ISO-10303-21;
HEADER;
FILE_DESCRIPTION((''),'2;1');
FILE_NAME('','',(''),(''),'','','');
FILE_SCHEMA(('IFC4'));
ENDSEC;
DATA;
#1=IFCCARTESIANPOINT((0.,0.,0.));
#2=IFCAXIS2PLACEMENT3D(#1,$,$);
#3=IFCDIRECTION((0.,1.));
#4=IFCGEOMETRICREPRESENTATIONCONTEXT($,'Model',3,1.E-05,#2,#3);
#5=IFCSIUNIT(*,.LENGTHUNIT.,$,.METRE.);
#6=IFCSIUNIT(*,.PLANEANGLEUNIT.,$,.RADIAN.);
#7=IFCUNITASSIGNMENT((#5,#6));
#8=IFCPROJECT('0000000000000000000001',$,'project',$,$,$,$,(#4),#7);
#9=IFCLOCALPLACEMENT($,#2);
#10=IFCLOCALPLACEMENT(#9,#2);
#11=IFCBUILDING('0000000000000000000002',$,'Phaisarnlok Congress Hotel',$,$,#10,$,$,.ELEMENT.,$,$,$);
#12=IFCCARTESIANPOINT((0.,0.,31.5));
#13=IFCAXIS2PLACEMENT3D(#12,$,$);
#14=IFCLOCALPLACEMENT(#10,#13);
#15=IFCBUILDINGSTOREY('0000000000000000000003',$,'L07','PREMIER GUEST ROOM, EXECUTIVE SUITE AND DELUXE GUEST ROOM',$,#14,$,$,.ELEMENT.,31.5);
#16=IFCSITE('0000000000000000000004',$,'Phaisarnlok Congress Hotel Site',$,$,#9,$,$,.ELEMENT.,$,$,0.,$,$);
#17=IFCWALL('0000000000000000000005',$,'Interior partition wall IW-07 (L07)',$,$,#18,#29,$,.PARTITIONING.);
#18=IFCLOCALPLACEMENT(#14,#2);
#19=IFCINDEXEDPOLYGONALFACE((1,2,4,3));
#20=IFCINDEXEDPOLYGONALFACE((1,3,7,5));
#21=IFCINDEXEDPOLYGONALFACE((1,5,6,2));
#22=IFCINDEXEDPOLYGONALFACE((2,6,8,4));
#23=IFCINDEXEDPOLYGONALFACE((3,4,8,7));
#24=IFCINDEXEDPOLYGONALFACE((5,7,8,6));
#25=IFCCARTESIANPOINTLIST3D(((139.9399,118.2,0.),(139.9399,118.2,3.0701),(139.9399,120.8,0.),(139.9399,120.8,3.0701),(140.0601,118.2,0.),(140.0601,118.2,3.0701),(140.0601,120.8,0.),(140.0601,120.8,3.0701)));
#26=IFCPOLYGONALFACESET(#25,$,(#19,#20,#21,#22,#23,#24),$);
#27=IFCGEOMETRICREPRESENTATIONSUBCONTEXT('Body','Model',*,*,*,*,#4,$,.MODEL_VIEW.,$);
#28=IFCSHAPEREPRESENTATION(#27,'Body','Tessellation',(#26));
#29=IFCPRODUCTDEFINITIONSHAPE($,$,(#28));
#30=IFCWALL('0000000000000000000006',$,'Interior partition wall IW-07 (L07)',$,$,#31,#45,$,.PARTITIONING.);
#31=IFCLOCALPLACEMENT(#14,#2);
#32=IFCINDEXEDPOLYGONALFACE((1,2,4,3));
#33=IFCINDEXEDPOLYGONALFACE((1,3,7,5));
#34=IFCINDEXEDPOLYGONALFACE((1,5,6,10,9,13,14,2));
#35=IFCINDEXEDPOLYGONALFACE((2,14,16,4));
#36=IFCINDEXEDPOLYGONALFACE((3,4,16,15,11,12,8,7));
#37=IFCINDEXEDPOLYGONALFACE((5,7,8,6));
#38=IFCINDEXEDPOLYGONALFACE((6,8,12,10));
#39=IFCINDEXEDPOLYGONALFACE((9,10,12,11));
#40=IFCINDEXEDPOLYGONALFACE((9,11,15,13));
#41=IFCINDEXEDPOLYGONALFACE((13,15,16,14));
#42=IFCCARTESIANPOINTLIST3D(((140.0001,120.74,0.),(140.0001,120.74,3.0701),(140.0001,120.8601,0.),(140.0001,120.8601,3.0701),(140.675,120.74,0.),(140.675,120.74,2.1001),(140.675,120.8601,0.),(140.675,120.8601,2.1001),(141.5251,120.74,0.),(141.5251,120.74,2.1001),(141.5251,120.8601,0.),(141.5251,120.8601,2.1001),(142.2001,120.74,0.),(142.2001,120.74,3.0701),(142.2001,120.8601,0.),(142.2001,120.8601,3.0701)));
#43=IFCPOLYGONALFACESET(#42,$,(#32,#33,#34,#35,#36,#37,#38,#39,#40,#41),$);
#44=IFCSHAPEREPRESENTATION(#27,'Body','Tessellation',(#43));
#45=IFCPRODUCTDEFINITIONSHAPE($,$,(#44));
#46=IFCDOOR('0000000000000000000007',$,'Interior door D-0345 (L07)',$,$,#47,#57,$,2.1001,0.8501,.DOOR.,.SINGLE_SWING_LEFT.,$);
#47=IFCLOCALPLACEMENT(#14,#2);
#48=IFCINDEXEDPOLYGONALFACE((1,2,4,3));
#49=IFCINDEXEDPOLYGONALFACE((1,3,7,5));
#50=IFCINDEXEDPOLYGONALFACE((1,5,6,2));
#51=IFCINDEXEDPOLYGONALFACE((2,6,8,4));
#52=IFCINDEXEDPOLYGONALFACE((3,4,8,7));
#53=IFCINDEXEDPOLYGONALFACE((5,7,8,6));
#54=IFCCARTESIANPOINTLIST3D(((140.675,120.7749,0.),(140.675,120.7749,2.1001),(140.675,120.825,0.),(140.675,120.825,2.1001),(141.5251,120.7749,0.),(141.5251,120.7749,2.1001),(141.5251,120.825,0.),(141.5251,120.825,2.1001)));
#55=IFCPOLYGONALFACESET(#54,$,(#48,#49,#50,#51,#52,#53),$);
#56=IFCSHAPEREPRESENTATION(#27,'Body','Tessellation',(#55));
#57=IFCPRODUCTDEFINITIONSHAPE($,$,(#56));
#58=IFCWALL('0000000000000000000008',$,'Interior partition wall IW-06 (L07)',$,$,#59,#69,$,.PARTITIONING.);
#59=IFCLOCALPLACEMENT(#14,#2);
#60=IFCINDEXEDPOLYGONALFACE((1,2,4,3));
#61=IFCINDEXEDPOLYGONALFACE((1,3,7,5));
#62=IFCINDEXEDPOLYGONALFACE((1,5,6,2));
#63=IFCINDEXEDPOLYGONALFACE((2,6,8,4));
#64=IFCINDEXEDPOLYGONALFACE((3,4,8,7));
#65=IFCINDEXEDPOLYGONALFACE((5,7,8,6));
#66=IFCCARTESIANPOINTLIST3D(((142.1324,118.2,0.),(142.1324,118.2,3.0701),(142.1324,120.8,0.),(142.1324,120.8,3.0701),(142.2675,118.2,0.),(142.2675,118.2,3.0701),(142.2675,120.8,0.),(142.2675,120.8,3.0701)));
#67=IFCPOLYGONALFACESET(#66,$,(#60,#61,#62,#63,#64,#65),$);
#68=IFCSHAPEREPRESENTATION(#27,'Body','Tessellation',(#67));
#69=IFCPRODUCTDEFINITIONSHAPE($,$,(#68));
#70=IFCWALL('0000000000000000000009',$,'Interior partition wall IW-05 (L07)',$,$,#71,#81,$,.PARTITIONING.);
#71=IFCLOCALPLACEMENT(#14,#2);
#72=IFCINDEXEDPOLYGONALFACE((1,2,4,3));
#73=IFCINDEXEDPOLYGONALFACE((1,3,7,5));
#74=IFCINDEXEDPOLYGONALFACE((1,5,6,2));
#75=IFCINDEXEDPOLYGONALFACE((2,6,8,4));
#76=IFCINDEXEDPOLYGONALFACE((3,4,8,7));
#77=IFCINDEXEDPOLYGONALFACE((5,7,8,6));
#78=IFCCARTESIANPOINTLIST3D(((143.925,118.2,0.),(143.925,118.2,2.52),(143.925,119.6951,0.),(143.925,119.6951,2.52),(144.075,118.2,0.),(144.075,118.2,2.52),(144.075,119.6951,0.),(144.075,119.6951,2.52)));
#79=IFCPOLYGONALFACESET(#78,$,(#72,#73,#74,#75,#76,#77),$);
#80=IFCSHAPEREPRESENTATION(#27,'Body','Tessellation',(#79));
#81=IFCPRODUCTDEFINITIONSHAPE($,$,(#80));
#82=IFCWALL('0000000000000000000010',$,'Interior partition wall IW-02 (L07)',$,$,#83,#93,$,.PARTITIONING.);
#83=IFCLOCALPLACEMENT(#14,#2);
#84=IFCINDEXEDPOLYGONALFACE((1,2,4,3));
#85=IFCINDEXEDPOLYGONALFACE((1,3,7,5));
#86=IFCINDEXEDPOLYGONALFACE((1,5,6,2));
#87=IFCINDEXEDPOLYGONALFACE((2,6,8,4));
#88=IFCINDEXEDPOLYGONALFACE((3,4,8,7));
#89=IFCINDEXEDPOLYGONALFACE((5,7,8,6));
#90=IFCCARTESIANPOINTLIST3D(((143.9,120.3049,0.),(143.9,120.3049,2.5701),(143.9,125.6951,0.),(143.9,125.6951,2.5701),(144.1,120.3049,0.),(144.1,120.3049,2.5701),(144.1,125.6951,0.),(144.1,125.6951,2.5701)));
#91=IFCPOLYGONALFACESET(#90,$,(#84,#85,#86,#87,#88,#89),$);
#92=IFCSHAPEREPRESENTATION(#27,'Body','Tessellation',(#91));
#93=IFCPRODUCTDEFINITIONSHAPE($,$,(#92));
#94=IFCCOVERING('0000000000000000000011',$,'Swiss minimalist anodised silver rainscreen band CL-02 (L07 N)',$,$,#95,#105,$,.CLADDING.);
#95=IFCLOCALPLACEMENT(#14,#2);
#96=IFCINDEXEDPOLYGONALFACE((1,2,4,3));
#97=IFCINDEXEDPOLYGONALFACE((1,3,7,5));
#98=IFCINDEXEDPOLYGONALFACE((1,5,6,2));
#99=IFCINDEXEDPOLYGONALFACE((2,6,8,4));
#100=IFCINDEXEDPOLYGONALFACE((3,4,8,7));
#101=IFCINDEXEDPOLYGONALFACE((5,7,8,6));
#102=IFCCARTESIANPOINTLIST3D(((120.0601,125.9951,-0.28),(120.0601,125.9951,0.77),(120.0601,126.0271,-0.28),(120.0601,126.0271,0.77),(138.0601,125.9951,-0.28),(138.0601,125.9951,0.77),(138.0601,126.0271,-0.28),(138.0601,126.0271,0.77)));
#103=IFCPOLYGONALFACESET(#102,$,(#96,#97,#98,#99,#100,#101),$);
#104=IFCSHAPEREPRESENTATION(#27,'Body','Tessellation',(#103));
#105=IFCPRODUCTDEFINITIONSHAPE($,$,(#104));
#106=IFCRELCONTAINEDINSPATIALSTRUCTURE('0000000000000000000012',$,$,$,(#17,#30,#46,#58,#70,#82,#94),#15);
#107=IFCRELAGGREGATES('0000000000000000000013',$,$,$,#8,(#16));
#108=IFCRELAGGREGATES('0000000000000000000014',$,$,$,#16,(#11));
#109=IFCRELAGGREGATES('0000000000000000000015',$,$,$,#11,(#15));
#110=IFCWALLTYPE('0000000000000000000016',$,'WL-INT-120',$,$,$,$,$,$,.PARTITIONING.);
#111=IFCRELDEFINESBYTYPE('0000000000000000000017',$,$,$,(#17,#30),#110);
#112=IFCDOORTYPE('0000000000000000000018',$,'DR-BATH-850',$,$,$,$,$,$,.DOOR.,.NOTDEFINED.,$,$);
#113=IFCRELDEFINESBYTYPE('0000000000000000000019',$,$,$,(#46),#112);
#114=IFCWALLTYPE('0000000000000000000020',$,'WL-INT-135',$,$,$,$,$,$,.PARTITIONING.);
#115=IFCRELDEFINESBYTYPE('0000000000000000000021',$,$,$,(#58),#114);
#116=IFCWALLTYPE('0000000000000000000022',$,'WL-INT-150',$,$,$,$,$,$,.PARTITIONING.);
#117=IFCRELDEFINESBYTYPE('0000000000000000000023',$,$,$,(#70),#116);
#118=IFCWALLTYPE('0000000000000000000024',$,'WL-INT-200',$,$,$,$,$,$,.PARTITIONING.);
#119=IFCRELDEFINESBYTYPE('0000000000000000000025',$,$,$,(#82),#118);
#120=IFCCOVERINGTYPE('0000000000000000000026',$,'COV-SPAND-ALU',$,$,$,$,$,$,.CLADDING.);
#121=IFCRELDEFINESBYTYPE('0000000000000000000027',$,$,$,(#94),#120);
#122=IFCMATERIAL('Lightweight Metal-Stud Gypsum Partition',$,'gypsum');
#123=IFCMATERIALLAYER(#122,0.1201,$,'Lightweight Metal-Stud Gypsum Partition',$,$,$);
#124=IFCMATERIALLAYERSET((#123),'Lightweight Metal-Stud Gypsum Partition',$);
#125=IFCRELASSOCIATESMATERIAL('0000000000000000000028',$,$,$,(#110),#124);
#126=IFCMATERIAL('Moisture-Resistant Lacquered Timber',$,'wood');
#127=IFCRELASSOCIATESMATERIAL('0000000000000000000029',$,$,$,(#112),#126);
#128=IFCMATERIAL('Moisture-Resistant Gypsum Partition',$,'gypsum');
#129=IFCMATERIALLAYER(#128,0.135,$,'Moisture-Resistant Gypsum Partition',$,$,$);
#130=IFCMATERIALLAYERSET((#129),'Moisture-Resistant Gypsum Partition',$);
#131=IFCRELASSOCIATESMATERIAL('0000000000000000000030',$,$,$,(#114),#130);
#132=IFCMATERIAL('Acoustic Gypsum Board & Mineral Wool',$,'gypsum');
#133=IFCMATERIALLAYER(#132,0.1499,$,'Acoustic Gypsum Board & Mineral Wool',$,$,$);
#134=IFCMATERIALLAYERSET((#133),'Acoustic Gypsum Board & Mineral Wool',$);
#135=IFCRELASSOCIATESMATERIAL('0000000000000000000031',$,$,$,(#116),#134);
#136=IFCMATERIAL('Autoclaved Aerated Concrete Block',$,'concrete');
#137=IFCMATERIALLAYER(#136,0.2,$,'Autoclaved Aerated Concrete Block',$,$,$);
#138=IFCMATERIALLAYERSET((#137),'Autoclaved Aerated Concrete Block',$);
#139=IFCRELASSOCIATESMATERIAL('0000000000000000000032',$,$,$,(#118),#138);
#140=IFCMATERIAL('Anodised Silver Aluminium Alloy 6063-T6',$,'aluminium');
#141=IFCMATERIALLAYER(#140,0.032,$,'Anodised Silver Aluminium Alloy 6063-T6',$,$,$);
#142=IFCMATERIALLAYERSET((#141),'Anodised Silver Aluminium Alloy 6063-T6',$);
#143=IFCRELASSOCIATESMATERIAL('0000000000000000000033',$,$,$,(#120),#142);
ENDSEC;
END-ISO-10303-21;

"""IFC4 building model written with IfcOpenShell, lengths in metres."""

from ifc_helpers import new_model, si_unit, direction, frame, frame_2d, origin, place, context, subcontext, project, spatial, polyline, rectangle, outline, extrude, material, layer, layer_set, type_object, element, fill, save


model = new_model("IFC4")

# Units and contexts
model_context = context("Model", 3, precision=1e-05, world=origin(), true_north=direction((0.0, 1.0)))
body_context = subcontext(model_context, "Body", "Model", "MODEL_VIEW")
ifc_project = project(units=[si_unit("LENGTHUNIT", "METRE"), si_unit("PLANEANGLEUNIT", "RADIAN")], contexts=[model_context])

# Site, building, storey
site_placement = place(None, origin())
site = spatial("IfcSite", under=ifc_project, at=site_placement, Name="Phaisarnlok Congress Hotel Site", CompositionType="ELEMENT", RefElevation=0.0)
building_placement = place(site_placement, origin())
building = spatial("IfcBuilding", under=site, at=building_placement, Name="Phaisarnlok Congress Hotel", CompositionType="ELEMENT")
storey_placement = place(building_placement, frame((0.0, 0.0, 31.5)))
storey = spatial("IfcBuildingStorey", under=building, at=storey_placement, Name="L07", Description="PREMIER GUEST ROOM, EXECUTIVE SUITE AND DELUXE GUEST ROOM", CompositionType="ELEMENT", Elevation=31.5)

# Wall
ifc_material_1 = material(Name="Lightweight Metal-Stud Gypsum Partition", Category="gypsum")
ifc_layer_1 = layer(ifc_material_1, 0.1201, Name="Lightweight Metal-Stud Gypsum Partition")
ifc_layer_set_1 = layer_set([ifc_layer_1], Name="Lightweight Metal-Stud Gypsum Partition")
wall_type_1 = type_object("IfcWallType", Name="WL-INT-120", PredefinedType="PARTITIONING", material=ifc_layer_set_1)
for number, where, z_axis, x_axis, name in (
    (1, (140.0, 118.2, 0.0), (0.0, 0.0, 1.0), (0.0, 1.0, 0.0), "Interior partition wall IW-07 (L07)"),
):
    element("IfcWall", number, at=place(storey_placement, frame(where, z_axis=z_axis, x_axis=x_axis)), inside=storey, type_object=wall_type_1, Name=name, PredefinedType="PARTITIONING", context=body_context, shape_type="SweptSolid", body=[
        extrude(rectangle(XDim=2.6001, YDim=0.1201, at=frame_2d((1.3, 0.0))), origin(), (0.0, 0.0, 1.0), 3.0701),
    ])

# Wall, opening, door
wall_1_placement = place(storey_placement, frame((140.0, 120.8, 0.0), z_axis=(0.0, 0.0, 1.0), x_axis=(1.0, 0.0, 0.0)))
wall_1 = element("IfcWall", 2, at=wall_1_placement, inside=storey, type_object=wall_type_1, Name="Interior partition wall IW-07 (L07)", PredefinedType="PARTITIONING", context=body_context, shape_type="SweptSolid", body=[
    extrude(rectangle(XDim=2.2, YDim=0.1201, at=frame_2d((1.1001, 0.0))), origin(), (0.0, 0.0, 1.0), 3.0701),
])
opening_1_placement = place(wall_1_placement, frame((0.675, 0.0, 0.0)))
opening_1 = element("IfcOpeningElement", 3, at=opening_1_placement, cuts=wall_1, PredefinedType="OPENING", context=body_context, shape_type="SweptSolid", body=[
    extrude(rectangle(XDim=0.8501, YDim=2.1001, at=frame_2d((0.425, 1.05))), frame((0.0, 0.0701, 0.0), z_axis=(0.0, -1.0, 0.0), x_axis=(1.0, 0.0, 0.0)), (0.0, 0.0, 1.0), 0.1401),
])
ifc_material_2 = material(Name="Moisture-Resistant Lacquered Timber", Category="wood")
door_type = type_object("IfcDoorType", Name="DR-BATH-850", OperationType="NOTDEFINED", PredefinedType="DOOR", material=ifc_material_2)
door_placement = place(opening_1_placement, origin())
door = element("IfcDoor", 4, at=door_placement, inside=storey, type_object=door_type, Name="Interior door D-0345 (L07)", OperationType="SINGLE_SWING_LEFT", OverallHeight=2.1001, OverallWidth=0.8501, PredefinedType="DOOR", context=body_context, shape_type="SweptSolid", body=[
    extrude(rectangle(XDim=0.8501, YDim=2.1001, at=frame_2d((0.425, 1.05))), frame((0.0, 0.0249, 0.0), z_axis=(0.0, -1.0, 0.0), x_axis=(1.0, 0.0, 0.0)), (0.0, 0.0, 1.0), 0.05),
])
fill(opening_1, door)

# Walls
ifc_material_3 = material(Name="Moisture-Resistant Gypsum Partition", Category="gypsum")
ifc_layer_2 = layer(ifc_material_3, 0.135, Name="Moisture-Resistant Gypsum Partition")
ifc_layer_set_2 = layer_set([ifc_layer_2], Name="Moisture-Resistant Gypsum Partition")
wall_type_2 = type_object("IfcWallType", Name="WL-INT-135", PredefinedType="PARTITIONING", material=ifc_layer_set_2)
wall_2_placement = place(storey_placement, frame((142.2, 118.2, 0.0), z_axis=(0.0, 0.0, 1.0), x_axis=(0.0, 1.0, 0.0)))
element("IfcWall", 5, at=wall_2_placement, inside=storey, type_object=wall_type_2, Name="Interior partition wall IW-06 (L07)", PredefinedType="PARTITIONING", context=body_context, shape_type="SweptSolid", body=[
    extrude(rectangle(XDim=2.6001, YDim=0.135, at=frame_2d((1.3, 0.0))), origin(), (0.0, 0.0, 1.0), 3.0701),
])
ifc_material_4 = material(Name="Acoustic Gypsum Board & Mineral Wool", Category="gypsum")
ifc_layer_3 = layer(ifc_material_4, 0.1499, Name="Acoustic Gypsum Board & Mineral Wool")
ifc_layer_set_3 = layer_set([ifc_layer_3], Name="Acoustic Gypsum Board & Mineral Wool")
wall_type_3 = type_object("IfcWallType", Name="WL-INT-150", PredefinedType="PARTITIONING", material=ifc_layer_set_3)
wall_3_placement = place(storey_placement, frame((144.0, 118.2, 0.0), z_axis=(0.0, 0.0, 1.0), x_axis=(0.0, 1.0, 0.0)))
element("IfcWall", 6, at=wall_3_placement, inside=storey, type_object=wall_type_3, Name="Interior partition wall IW-05 (L07)", PredefinedType="PARTITIONING", context=body_context, shape_type="SweptSolid", body=[
    extrude(rectangle(XDim=1.4951, YDim=0.1499, at=frame_2d((0.7476, 0.0))), origin(), (0.0, 0.0, 1.0), 2.52),
])
ifc_material_5 = material(Name="Autoclaved Aerated Concrete Block", Category="concrete")
ifc_layer_4 = layer(ifc_material_5, 0.2, Name="Autoclaved Aerated Concrete Block")
ifc_layer_set_4 = layer_set([ifc_layer_4], Name="Autoclaved Aerated Concrete Block")
wall_type_4 = type_object("IfcWallType", Name="WL-INT-200", PredefinedType="PARTITIONING", material=ifc_layer_set_4)
wall_4_placement = place(storey_placement, frame((144.0, 120.3049, 0.0), z_axis=(0.0, 0.0, 1.0), x_axis=(0.0, 1.0, 0.0)))
element("IfcWall", 7, at=wall_4_placement, inside=storey, type_object=wall_type_4, Name="Interior partition wall IW-02 (L07)", PredefinedType="PARTITIONING", context=body_context, shape_type="SweptSolid", body=[
    extrude(rectangle(XDim=5.3901, YDim=0.2, at=frame_2d((2.6951, 0.0))), origin(), (0.0, 0.0, 1.0), 2.5701),
])

# Covering
ifc_material_6 = material(Name="Anodised Silver Aluminium Alloy 6063-T6", Category="aluminium")
ifc_layer_5 = layer(ifc_material_6, 0.032, Name="Anodised Silver Aluminium Alloy 6063-T6")
ifc_layer_set_5 = layer_set([ifc_layer_5], Name="Anodised Silver Aluminium Alloy 6063-T6")
covering_type = type_object("IfcCoveringType", Name="COV-SPAND-ALU", PredefinedType="CLADDING", material=ifc_layer_set_5)
covering_placement = place(storey_placement, frame((138.0601, 125.9951, -0.28), z_axis=(0.0, 1.0, 0.0), x_axis=(-1.0, 0.0, 0.0)))
element("IfcCovering", 8, at=covering_placement, inside=storey, type_object=covering_type, Name="Swiss minimalist anodised silver rainscreen band CL-02 (L07 N)", PredefinedType="CLADDING", context=body_context, shape_type="SweptSolid", body=[
    extrude(outline(polyline([(0.0, 0.0), (18.0, 0.0), (18.0, 1.05), (0.0, 1.05), (0.0, 0.0)])), origin(), (0.0, 0.0, 1.0), 0.032),
])

save(model, "model.ifc")
